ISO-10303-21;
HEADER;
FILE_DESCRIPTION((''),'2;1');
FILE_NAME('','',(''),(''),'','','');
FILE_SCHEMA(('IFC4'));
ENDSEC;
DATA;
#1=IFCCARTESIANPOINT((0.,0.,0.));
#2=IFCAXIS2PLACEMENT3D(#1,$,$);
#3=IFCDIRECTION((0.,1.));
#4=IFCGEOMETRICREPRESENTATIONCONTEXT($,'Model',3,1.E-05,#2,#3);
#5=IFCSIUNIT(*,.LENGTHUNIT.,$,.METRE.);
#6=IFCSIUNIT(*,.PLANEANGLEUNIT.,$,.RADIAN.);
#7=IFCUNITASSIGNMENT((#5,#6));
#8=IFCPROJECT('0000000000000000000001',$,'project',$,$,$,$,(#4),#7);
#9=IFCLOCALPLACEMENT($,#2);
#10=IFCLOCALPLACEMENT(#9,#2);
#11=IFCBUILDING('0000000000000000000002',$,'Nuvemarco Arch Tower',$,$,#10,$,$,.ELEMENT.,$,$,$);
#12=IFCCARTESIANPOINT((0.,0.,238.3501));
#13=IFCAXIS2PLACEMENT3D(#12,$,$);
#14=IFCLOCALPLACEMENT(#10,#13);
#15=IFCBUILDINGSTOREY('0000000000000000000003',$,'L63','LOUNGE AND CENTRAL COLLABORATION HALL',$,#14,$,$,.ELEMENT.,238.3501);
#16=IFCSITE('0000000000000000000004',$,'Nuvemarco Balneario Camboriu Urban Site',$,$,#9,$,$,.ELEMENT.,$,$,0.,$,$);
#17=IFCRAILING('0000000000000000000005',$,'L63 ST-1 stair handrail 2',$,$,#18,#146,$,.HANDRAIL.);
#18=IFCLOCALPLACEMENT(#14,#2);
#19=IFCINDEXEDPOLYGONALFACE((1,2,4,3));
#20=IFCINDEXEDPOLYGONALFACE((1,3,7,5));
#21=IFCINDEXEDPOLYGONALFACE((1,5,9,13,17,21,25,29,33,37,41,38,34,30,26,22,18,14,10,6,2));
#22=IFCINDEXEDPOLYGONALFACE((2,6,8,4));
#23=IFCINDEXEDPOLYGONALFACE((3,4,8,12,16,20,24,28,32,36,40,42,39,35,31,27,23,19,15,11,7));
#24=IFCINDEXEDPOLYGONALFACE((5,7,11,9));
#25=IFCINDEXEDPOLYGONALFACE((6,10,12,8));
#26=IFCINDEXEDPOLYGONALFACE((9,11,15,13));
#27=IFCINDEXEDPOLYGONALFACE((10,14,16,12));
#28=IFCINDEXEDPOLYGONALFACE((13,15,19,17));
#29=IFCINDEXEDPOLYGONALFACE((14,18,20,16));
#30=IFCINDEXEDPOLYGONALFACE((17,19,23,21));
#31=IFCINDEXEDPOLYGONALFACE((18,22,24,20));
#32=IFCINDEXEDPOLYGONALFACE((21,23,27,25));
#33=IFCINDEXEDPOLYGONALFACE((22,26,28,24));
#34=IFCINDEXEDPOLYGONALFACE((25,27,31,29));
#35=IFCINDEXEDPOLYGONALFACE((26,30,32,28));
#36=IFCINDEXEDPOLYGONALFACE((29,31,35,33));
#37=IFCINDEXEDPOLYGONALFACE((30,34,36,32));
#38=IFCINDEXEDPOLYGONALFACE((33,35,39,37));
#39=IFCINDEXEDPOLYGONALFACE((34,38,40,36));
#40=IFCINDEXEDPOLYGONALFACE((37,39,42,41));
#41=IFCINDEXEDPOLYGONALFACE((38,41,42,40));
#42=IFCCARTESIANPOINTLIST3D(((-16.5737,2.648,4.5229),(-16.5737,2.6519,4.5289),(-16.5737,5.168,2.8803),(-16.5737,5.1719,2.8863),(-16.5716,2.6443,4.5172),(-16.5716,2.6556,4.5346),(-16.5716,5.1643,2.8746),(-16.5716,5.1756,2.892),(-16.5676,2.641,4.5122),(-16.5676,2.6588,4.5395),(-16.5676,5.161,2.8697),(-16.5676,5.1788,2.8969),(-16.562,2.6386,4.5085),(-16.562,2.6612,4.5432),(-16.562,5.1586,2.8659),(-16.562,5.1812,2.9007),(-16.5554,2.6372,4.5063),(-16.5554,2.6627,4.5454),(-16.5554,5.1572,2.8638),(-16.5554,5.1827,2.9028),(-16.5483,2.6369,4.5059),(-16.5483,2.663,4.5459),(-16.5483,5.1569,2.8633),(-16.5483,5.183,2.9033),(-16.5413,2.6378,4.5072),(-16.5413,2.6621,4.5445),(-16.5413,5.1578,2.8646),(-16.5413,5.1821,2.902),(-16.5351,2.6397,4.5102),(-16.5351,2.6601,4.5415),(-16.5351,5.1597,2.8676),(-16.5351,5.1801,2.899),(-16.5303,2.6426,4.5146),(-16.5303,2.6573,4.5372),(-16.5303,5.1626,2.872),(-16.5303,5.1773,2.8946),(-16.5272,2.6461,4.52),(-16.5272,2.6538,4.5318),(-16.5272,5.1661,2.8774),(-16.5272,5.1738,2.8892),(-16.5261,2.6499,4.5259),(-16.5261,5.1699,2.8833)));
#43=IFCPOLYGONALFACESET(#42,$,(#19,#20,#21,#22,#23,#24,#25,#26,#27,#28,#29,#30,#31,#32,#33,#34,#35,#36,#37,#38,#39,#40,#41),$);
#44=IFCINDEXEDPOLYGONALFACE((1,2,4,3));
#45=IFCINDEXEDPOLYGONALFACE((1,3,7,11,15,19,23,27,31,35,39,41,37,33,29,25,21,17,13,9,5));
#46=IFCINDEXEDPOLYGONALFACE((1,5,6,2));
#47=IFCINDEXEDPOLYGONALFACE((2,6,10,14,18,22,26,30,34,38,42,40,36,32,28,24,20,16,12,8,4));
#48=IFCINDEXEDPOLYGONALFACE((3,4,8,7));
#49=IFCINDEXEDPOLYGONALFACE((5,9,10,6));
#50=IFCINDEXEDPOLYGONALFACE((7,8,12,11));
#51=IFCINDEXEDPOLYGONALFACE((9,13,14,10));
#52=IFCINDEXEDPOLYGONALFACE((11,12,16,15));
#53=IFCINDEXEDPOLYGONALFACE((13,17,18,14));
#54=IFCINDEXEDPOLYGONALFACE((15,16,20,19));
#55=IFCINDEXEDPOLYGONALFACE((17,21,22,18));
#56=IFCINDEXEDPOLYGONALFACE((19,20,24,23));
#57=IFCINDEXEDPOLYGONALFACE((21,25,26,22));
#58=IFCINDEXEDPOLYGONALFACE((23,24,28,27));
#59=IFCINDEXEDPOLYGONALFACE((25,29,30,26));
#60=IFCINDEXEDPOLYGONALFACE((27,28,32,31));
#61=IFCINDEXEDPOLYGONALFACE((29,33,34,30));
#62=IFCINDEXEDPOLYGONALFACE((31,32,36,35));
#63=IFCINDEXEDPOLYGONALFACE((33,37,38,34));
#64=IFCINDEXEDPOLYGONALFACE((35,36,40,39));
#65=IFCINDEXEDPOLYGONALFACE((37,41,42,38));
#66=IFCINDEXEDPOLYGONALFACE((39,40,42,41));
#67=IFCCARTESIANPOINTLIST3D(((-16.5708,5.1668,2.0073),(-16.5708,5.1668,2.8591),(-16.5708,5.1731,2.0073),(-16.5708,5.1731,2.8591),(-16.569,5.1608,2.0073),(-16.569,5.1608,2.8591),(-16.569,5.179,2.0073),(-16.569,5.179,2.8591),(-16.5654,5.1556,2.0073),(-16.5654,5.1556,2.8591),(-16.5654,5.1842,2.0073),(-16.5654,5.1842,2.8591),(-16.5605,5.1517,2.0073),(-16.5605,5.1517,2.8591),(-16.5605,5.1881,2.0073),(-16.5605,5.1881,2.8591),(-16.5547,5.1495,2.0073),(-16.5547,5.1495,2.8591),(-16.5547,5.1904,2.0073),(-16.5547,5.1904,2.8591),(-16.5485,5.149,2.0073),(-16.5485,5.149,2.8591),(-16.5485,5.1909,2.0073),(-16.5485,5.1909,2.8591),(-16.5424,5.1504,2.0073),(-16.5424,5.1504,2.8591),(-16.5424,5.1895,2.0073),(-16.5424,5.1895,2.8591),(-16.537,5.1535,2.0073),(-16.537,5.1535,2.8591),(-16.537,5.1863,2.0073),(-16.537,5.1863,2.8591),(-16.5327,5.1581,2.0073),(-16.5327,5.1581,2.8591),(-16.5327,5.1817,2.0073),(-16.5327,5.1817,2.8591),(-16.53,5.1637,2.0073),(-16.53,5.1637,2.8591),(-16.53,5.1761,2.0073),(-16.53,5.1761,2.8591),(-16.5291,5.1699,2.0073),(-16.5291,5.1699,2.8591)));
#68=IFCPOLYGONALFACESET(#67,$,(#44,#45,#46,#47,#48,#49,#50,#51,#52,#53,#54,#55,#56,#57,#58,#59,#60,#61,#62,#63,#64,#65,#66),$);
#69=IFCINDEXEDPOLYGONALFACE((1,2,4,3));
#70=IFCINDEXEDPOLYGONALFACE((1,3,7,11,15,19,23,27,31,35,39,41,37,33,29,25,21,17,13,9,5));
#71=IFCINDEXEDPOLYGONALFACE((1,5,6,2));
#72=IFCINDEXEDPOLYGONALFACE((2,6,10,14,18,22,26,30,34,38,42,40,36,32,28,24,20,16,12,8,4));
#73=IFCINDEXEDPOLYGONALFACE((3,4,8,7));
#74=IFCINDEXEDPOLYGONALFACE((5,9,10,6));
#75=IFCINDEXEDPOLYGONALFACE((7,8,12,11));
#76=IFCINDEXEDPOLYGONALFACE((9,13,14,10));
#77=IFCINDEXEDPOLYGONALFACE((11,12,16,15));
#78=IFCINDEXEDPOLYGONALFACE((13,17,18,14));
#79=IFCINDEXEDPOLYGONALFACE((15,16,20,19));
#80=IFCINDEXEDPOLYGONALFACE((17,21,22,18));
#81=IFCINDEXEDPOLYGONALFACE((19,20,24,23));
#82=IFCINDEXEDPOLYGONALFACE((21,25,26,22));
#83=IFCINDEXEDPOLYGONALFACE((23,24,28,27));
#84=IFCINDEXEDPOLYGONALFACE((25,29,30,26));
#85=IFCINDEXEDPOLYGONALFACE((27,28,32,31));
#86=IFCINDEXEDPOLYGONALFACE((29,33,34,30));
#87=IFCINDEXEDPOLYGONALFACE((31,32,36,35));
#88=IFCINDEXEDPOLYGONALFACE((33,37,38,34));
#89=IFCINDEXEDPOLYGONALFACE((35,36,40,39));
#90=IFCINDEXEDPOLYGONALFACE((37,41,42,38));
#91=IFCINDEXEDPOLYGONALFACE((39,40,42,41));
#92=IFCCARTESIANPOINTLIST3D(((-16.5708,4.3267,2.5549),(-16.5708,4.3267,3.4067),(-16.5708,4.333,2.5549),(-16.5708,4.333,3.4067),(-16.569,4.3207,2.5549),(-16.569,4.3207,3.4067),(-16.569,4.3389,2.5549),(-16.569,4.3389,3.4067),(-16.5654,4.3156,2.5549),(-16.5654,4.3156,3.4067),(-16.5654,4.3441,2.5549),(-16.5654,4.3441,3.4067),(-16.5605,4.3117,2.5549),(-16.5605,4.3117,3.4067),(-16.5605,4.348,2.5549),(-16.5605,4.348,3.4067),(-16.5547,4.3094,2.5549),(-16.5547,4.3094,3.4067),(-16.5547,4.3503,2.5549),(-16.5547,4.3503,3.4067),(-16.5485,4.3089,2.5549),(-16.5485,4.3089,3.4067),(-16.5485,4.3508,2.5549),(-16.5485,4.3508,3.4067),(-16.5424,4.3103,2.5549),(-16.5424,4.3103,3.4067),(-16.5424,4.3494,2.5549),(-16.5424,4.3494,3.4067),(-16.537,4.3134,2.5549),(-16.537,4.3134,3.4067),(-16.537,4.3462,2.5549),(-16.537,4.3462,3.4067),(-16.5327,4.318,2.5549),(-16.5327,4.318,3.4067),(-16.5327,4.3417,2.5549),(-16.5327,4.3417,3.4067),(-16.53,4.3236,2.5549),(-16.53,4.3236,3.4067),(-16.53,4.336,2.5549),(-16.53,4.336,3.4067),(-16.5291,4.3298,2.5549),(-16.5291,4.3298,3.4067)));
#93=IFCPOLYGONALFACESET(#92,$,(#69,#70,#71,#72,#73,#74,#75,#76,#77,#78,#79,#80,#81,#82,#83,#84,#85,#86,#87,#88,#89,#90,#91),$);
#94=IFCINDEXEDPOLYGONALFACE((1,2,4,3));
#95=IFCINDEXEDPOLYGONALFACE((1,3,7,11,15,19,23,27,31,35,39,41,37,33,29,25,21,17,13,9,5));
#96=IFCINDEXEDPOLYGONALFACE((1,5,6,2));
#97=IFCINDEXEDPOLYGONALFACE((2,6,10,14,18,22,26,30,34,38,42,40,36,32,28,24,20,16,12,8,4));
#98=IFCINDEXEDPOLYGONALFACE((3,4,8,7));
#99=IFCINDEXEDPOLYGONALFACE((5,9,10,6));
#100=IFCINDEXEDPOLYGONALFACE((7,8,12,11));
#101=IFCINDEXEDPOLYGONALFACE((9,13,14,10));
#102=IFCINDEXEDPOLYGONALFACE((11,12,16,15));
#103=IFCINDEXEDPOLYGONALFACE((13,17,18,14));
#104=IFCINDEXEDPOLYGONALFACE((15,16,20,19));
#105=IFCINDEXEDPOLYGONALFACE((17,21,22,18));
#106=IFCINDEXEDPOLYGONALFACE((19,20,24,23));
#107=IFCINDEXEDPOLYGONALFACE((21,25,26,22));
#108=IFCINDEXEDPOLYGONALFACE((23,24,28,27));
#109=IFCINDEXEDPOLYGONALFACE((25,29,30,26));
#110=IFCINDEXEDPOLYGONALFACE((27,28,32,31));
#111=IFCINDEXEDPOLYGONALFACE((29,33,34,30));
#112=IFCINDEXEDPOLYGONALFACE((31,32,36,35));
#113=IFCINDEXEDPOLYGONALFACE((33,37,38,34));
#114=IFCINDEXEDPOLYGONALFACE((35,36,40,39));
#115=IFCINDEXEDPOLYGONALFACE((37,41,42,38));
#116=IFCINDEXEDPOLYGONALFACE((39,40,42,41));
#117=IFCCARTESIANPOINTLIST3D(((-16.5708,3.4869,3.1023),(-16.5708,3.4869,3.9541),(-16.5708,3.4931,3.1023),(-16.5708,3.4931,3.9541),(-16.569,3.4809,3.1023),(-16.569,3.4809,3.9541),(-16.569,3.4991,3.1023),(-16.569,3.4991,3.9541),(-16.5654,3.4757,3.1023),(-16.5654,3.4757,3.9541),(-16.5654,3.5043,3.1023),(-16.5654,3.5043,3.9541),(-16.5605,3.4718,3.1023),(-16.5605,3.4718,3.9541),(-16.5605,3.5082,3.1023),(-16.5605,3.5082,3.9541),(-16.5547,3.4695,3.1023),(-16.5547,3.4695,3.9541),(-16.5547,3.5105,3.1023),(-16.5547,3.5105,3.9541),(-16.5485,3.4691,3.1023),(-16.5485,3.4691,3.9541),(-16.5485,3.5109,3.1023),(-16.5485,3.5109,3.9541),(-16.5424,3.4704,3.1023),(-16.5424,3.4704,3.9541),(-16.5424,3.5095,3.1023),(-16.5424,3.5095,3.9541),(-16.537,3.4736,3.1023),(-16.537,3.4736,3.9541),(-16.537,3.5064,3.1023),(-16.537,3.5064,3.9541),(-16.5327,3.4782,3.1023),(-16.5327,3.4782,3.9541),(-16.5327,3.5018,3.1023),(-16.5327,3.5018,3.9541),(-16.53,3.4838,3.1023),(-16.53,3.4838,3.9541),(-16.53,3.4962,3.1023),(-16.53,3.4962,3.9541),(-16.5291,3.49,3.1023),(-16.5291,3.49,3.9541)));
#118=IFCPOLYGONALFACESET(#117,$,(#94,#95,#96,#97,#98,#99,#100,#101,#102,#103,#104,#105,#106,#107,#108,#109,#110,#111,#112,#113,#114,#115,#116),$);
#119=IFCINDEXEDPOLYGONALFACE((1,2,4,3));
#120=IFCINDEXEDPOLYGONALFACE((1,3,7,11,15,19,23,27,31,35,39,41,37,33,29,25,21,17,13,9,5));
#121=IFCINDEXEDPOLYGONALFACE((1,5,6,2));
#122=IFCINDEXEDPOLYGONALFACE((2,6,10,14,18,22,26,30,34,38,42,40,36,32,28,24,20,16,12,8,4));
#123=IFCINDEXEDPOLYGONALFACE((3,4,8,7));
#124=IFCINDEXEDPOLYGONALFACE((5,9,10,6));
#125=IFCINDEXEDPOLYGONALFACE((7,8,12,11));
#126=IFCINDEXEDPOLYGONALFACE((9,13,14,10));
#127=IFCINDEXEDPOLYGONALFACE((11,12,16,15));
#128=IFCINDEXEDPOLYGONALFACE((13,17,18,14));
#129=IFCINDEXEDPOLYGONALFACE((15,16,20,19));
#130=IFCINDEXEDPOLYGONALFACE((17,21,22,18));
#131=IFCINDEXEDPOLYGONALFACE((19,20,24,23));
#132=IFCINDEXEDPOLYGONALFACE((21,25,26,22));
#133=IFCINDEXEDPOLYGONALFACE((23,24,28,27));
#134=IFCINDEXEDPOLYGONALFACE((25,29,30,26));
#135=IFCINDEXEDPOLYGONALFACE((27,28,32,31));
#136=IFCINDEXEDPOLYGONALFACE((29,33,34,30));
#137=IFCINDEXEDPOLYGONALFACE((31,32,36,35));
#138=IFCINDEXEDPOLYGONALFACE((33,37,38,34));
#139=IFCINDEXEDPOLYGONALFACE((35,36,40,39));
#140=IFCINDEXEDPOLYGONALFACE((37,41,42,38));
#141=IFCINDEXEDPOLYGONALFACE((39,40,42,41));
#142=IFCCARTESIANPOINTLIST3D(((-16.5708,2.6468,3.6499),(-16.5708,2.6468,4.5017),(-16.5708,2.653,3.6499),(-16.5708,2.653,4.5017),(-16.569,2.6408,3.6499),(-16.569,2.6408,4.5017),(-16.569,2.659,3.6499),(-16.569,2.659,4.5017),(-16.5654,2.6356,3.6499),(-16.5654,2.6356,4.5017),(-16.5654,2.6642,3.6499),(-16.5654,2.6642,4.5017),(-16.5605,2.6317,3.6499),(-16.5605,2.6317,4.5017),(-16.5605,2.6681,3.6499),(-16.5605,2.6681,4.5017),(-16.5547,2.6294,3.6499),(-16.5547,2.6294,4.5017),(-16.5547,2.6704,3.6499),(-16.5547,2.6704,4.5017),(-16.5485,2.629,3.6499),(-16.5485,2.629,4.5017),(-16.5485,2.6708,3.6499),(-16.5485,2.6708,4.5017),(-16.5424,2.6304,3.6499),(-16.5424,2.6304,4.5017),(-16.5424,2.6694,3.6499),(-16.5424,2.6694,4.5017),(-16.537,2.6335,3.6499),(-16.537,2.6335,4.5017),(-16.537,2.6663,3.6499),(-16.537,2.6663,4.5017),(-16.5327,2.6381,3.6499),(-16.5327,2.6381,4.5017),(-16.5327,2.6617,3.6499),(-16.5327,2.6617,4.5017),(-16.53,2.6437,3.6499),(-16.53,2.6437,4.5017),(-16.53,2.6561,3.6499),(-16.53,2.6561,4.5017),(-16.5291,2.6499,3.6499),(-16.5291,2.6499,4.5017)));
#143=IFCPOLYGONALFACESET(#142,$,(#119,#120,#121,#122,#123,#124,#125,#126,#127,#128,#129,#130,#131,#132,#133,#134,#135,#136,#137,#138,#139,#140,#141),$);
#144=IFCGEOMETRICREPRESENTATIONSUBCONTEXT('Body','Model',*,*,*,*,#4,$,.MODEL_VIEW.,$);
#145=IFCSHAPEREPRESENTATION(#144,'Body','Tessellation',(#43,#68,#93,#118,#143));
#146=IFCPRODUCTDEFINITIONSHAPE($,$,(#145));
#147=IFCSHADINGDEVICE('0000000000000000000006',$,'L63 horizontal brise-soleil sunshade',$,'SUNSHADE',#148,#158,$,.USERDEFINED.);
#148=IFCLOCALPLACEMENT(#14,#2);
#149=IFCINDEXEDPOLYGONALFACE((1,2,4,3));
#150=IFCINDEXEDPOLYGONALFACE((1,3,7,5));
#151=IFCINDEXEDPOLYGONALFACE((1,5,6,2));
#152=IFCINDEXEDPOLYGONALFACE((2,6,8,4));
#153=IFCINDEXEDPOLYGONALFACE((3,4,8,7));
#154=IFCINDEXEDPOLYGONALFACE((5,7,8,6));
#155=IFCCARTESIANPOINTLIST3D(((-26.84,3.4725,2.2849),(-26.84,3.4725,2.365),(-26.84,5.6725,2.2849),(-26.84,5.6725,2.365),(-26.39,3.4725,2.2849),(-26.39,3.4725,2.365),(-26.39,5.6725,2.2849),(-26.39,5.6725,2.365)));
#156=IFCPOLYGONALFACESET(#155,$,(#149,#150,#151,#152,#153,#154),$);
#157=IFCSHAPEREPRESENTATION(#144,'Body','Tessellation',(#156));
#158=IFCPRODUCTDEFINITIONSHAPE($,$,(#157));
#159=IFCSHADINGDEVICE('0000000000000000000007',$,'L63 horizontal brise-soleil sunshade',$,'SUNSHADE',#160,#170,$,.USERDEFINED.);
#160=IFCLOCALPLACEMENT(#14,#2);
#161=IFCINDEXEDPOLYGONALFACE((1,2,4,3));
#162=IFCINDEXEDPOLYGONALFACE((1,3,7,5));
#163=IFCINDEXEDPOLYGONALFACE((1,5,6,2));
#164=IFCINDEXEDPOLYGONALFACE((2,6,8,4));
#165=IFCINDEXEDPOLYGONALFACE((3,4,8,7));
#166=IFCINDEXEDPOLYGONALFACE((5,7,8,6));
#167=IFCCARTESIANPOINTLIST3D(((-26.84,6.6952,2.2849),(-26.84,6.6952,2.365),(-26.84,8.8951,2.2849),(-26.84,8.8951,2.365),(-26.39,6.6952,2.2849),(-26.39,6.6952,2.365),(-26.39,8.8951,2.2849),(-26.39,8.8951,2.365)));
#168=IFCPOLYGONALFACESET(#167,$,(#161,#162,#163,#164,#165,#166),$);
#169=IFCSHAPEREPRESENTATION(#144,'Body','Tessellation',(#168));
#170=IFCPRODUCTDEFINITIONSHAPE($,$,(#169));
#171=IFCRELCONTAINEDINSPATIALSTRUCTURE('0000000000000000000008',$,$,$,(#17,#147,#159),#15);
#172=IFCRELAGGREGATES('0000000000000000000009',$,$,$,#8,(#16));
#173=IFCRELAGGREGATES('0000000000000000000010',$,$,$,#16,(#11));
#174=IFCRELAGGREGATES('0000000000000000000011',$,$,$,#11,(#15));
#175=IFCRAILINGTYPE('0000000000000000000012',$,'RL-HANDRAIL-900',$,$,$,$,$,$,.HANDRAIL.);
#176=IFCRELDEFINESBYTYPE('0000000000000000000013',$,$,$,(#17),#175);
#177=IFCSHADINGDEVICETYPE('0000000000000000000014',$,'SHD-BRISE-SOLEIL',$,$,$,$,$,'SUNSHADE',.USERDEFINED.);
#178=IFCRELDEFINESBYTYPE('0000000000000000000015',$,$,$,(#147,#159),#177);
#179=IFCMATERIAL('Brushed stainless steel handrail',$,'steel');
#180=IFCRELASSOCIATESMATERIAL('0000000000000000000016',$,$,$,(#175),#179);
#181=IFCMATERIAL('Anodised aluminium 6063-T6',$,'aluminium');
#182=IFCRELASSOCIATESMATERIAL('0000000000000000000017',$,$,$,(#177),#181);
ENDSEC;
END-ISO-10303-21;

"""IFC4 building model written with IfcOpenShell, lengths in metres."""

from ifc_helpers import new_model, si_unit, direction, frame, origin, origin_2d, place, context, subcontext, project, spatial, rectangle, circle, extrude, source, transform, mapped, material, type_object, type_shapes, element, save


model = new_model("IFC4")

# Units and contexts
model_context = context("Model", 3, precision=1e-05, world=origin(), true_north=direction((0.0, 1.0)))
body_context = subcontext(model_context, "Body", "Model", "MODEL_VIEW")
ifc_project = project(units=[si_unit("LENGTHUNIT", "METRE"), si_unit("PLANEANGLEUNIT", "RADIAN")], contexts=[model_context])

# Site, building, storey
site_placement = place(None, origin())
site = spatial("IfcSite", under=ifc_project, at=site_placement, Name="Nuvemarco Balneario Camboriu Urban Site", CompositionType="ELEMENT", RefElevation=0.0)
building_placement = place(site_placement, origin())
building = spatial("IfcBuilding", under=site, at=building_placement, Name="Nuvemarco Arch Tower", CompositionType="ELEMENT")
storey_placement = place(building_placement, frame((0.0, 0.0, 238.3501)))
storey = spatial("IfcBuildingStorey", under=building, at=storey_placement, Name="L63", Description="LOUNGE AND CENTRAL COLLABORATION HALL", CompositionType="ELEMENT", Elevation=238.3501)

# Railing
ifc_material_1 = material(Name="Brushed stainless steel handrail", Category="steel")
railing_type = type_object("IfcRailingType", Name="RL-HANDRAIL-900", PredefinedType="HANDRAIL", material=ifc_material_1)
railing_placement = place(storey_placement, frame((-16.55, 5.1699, 2.0073)))
element("IfcRailing", 1, at=railing_placement, inside=storey, type_object=railing_type, Name="L63 ST-1 stair handrail 2", PredefinedType="HANDRAIL", context=body_context, shape_type="SweptSolid", body=[
    extrude(circle(Radius=0.0239, at=origin_2d()), frame((0.0, 0.0, 0.876), z_axis=(0.0, -0.837749, 0.546055), x_axis=(1.0, 0.0, 0.0)), (0.0, 0.0, 1.0), 3.0081),
    extrude(circle(Radius=0.021, at=origin_2d()), origin(), (0.0, 0.0, 1.0), 0.8518),
    extrude(circle(Radius=0.021, at=origin_2d()), frame((0.0, -0.8401, 0.5476)), (0.0, 0.0, 1.0), 0.8518),
    extrude(circle(Radius=0.021, at=origin_2d()), frame((0.0, -1.6799, 1.095)), (0.0, 0.0, 1.0), 0.8518),
    extrude(circle(Radius=0.021, at=origin_2d()), frame((0.0, -2.52, 1.6426)), (0.0, 0.0, 1.0), 0.8518),
])

# Shading devices
ifc_material_2 = material(Name="Anodised aluminium 6063-T6", Category="aluminium")
shading_device_type = type_object("IfcShadingDeviceType", Name="SHD-BRISE-SOLEIL", ElementType="SUNSHADE", PredefinedType="USERDEFINED", material=ifc_material_2)
shared_shape = source(origin(), body_context, "Body", "SweptSolid", [
    extrude(rectangle(XDim=2.2, YDim=0.45, at=origin_2d()), origin(), (0.0, 0.0, 1.0), 0.0801),
])
type_shapes(shading_device_type, [shared_shape])
for number, where, z_axis, x_axis, name in (
    (2, (-26.615, 4.5725, 2.2849), (0.0, 0.0, 1.0), (0.0, 1.0, 0.0), "L63 horizontal brise-soleil sunshade"),
    (3, (-26.615, 7.7952, 2.2849), (0.0, 0.0, 1.0), (0.0, 1.0, 0.0), "L63 horizontal brise-soleil sunshade"),
):
    element("IfcShadingDevice", number, at=place(storey_placement, frame(where, z_axis=z_axis, x_axis=x_axis)), inside=storey, type_object=shading_device_type, Name=name, ObjectType="SUNSHADE", PredefinedType="USERDEFINED", context=body_context, shape_type="MappedRepresentation", body=[
        mapped(shared_shape, transform((0.0, 0.0, 0.0), scale=1.0)),
    ])

save(model, "model.ifc")
